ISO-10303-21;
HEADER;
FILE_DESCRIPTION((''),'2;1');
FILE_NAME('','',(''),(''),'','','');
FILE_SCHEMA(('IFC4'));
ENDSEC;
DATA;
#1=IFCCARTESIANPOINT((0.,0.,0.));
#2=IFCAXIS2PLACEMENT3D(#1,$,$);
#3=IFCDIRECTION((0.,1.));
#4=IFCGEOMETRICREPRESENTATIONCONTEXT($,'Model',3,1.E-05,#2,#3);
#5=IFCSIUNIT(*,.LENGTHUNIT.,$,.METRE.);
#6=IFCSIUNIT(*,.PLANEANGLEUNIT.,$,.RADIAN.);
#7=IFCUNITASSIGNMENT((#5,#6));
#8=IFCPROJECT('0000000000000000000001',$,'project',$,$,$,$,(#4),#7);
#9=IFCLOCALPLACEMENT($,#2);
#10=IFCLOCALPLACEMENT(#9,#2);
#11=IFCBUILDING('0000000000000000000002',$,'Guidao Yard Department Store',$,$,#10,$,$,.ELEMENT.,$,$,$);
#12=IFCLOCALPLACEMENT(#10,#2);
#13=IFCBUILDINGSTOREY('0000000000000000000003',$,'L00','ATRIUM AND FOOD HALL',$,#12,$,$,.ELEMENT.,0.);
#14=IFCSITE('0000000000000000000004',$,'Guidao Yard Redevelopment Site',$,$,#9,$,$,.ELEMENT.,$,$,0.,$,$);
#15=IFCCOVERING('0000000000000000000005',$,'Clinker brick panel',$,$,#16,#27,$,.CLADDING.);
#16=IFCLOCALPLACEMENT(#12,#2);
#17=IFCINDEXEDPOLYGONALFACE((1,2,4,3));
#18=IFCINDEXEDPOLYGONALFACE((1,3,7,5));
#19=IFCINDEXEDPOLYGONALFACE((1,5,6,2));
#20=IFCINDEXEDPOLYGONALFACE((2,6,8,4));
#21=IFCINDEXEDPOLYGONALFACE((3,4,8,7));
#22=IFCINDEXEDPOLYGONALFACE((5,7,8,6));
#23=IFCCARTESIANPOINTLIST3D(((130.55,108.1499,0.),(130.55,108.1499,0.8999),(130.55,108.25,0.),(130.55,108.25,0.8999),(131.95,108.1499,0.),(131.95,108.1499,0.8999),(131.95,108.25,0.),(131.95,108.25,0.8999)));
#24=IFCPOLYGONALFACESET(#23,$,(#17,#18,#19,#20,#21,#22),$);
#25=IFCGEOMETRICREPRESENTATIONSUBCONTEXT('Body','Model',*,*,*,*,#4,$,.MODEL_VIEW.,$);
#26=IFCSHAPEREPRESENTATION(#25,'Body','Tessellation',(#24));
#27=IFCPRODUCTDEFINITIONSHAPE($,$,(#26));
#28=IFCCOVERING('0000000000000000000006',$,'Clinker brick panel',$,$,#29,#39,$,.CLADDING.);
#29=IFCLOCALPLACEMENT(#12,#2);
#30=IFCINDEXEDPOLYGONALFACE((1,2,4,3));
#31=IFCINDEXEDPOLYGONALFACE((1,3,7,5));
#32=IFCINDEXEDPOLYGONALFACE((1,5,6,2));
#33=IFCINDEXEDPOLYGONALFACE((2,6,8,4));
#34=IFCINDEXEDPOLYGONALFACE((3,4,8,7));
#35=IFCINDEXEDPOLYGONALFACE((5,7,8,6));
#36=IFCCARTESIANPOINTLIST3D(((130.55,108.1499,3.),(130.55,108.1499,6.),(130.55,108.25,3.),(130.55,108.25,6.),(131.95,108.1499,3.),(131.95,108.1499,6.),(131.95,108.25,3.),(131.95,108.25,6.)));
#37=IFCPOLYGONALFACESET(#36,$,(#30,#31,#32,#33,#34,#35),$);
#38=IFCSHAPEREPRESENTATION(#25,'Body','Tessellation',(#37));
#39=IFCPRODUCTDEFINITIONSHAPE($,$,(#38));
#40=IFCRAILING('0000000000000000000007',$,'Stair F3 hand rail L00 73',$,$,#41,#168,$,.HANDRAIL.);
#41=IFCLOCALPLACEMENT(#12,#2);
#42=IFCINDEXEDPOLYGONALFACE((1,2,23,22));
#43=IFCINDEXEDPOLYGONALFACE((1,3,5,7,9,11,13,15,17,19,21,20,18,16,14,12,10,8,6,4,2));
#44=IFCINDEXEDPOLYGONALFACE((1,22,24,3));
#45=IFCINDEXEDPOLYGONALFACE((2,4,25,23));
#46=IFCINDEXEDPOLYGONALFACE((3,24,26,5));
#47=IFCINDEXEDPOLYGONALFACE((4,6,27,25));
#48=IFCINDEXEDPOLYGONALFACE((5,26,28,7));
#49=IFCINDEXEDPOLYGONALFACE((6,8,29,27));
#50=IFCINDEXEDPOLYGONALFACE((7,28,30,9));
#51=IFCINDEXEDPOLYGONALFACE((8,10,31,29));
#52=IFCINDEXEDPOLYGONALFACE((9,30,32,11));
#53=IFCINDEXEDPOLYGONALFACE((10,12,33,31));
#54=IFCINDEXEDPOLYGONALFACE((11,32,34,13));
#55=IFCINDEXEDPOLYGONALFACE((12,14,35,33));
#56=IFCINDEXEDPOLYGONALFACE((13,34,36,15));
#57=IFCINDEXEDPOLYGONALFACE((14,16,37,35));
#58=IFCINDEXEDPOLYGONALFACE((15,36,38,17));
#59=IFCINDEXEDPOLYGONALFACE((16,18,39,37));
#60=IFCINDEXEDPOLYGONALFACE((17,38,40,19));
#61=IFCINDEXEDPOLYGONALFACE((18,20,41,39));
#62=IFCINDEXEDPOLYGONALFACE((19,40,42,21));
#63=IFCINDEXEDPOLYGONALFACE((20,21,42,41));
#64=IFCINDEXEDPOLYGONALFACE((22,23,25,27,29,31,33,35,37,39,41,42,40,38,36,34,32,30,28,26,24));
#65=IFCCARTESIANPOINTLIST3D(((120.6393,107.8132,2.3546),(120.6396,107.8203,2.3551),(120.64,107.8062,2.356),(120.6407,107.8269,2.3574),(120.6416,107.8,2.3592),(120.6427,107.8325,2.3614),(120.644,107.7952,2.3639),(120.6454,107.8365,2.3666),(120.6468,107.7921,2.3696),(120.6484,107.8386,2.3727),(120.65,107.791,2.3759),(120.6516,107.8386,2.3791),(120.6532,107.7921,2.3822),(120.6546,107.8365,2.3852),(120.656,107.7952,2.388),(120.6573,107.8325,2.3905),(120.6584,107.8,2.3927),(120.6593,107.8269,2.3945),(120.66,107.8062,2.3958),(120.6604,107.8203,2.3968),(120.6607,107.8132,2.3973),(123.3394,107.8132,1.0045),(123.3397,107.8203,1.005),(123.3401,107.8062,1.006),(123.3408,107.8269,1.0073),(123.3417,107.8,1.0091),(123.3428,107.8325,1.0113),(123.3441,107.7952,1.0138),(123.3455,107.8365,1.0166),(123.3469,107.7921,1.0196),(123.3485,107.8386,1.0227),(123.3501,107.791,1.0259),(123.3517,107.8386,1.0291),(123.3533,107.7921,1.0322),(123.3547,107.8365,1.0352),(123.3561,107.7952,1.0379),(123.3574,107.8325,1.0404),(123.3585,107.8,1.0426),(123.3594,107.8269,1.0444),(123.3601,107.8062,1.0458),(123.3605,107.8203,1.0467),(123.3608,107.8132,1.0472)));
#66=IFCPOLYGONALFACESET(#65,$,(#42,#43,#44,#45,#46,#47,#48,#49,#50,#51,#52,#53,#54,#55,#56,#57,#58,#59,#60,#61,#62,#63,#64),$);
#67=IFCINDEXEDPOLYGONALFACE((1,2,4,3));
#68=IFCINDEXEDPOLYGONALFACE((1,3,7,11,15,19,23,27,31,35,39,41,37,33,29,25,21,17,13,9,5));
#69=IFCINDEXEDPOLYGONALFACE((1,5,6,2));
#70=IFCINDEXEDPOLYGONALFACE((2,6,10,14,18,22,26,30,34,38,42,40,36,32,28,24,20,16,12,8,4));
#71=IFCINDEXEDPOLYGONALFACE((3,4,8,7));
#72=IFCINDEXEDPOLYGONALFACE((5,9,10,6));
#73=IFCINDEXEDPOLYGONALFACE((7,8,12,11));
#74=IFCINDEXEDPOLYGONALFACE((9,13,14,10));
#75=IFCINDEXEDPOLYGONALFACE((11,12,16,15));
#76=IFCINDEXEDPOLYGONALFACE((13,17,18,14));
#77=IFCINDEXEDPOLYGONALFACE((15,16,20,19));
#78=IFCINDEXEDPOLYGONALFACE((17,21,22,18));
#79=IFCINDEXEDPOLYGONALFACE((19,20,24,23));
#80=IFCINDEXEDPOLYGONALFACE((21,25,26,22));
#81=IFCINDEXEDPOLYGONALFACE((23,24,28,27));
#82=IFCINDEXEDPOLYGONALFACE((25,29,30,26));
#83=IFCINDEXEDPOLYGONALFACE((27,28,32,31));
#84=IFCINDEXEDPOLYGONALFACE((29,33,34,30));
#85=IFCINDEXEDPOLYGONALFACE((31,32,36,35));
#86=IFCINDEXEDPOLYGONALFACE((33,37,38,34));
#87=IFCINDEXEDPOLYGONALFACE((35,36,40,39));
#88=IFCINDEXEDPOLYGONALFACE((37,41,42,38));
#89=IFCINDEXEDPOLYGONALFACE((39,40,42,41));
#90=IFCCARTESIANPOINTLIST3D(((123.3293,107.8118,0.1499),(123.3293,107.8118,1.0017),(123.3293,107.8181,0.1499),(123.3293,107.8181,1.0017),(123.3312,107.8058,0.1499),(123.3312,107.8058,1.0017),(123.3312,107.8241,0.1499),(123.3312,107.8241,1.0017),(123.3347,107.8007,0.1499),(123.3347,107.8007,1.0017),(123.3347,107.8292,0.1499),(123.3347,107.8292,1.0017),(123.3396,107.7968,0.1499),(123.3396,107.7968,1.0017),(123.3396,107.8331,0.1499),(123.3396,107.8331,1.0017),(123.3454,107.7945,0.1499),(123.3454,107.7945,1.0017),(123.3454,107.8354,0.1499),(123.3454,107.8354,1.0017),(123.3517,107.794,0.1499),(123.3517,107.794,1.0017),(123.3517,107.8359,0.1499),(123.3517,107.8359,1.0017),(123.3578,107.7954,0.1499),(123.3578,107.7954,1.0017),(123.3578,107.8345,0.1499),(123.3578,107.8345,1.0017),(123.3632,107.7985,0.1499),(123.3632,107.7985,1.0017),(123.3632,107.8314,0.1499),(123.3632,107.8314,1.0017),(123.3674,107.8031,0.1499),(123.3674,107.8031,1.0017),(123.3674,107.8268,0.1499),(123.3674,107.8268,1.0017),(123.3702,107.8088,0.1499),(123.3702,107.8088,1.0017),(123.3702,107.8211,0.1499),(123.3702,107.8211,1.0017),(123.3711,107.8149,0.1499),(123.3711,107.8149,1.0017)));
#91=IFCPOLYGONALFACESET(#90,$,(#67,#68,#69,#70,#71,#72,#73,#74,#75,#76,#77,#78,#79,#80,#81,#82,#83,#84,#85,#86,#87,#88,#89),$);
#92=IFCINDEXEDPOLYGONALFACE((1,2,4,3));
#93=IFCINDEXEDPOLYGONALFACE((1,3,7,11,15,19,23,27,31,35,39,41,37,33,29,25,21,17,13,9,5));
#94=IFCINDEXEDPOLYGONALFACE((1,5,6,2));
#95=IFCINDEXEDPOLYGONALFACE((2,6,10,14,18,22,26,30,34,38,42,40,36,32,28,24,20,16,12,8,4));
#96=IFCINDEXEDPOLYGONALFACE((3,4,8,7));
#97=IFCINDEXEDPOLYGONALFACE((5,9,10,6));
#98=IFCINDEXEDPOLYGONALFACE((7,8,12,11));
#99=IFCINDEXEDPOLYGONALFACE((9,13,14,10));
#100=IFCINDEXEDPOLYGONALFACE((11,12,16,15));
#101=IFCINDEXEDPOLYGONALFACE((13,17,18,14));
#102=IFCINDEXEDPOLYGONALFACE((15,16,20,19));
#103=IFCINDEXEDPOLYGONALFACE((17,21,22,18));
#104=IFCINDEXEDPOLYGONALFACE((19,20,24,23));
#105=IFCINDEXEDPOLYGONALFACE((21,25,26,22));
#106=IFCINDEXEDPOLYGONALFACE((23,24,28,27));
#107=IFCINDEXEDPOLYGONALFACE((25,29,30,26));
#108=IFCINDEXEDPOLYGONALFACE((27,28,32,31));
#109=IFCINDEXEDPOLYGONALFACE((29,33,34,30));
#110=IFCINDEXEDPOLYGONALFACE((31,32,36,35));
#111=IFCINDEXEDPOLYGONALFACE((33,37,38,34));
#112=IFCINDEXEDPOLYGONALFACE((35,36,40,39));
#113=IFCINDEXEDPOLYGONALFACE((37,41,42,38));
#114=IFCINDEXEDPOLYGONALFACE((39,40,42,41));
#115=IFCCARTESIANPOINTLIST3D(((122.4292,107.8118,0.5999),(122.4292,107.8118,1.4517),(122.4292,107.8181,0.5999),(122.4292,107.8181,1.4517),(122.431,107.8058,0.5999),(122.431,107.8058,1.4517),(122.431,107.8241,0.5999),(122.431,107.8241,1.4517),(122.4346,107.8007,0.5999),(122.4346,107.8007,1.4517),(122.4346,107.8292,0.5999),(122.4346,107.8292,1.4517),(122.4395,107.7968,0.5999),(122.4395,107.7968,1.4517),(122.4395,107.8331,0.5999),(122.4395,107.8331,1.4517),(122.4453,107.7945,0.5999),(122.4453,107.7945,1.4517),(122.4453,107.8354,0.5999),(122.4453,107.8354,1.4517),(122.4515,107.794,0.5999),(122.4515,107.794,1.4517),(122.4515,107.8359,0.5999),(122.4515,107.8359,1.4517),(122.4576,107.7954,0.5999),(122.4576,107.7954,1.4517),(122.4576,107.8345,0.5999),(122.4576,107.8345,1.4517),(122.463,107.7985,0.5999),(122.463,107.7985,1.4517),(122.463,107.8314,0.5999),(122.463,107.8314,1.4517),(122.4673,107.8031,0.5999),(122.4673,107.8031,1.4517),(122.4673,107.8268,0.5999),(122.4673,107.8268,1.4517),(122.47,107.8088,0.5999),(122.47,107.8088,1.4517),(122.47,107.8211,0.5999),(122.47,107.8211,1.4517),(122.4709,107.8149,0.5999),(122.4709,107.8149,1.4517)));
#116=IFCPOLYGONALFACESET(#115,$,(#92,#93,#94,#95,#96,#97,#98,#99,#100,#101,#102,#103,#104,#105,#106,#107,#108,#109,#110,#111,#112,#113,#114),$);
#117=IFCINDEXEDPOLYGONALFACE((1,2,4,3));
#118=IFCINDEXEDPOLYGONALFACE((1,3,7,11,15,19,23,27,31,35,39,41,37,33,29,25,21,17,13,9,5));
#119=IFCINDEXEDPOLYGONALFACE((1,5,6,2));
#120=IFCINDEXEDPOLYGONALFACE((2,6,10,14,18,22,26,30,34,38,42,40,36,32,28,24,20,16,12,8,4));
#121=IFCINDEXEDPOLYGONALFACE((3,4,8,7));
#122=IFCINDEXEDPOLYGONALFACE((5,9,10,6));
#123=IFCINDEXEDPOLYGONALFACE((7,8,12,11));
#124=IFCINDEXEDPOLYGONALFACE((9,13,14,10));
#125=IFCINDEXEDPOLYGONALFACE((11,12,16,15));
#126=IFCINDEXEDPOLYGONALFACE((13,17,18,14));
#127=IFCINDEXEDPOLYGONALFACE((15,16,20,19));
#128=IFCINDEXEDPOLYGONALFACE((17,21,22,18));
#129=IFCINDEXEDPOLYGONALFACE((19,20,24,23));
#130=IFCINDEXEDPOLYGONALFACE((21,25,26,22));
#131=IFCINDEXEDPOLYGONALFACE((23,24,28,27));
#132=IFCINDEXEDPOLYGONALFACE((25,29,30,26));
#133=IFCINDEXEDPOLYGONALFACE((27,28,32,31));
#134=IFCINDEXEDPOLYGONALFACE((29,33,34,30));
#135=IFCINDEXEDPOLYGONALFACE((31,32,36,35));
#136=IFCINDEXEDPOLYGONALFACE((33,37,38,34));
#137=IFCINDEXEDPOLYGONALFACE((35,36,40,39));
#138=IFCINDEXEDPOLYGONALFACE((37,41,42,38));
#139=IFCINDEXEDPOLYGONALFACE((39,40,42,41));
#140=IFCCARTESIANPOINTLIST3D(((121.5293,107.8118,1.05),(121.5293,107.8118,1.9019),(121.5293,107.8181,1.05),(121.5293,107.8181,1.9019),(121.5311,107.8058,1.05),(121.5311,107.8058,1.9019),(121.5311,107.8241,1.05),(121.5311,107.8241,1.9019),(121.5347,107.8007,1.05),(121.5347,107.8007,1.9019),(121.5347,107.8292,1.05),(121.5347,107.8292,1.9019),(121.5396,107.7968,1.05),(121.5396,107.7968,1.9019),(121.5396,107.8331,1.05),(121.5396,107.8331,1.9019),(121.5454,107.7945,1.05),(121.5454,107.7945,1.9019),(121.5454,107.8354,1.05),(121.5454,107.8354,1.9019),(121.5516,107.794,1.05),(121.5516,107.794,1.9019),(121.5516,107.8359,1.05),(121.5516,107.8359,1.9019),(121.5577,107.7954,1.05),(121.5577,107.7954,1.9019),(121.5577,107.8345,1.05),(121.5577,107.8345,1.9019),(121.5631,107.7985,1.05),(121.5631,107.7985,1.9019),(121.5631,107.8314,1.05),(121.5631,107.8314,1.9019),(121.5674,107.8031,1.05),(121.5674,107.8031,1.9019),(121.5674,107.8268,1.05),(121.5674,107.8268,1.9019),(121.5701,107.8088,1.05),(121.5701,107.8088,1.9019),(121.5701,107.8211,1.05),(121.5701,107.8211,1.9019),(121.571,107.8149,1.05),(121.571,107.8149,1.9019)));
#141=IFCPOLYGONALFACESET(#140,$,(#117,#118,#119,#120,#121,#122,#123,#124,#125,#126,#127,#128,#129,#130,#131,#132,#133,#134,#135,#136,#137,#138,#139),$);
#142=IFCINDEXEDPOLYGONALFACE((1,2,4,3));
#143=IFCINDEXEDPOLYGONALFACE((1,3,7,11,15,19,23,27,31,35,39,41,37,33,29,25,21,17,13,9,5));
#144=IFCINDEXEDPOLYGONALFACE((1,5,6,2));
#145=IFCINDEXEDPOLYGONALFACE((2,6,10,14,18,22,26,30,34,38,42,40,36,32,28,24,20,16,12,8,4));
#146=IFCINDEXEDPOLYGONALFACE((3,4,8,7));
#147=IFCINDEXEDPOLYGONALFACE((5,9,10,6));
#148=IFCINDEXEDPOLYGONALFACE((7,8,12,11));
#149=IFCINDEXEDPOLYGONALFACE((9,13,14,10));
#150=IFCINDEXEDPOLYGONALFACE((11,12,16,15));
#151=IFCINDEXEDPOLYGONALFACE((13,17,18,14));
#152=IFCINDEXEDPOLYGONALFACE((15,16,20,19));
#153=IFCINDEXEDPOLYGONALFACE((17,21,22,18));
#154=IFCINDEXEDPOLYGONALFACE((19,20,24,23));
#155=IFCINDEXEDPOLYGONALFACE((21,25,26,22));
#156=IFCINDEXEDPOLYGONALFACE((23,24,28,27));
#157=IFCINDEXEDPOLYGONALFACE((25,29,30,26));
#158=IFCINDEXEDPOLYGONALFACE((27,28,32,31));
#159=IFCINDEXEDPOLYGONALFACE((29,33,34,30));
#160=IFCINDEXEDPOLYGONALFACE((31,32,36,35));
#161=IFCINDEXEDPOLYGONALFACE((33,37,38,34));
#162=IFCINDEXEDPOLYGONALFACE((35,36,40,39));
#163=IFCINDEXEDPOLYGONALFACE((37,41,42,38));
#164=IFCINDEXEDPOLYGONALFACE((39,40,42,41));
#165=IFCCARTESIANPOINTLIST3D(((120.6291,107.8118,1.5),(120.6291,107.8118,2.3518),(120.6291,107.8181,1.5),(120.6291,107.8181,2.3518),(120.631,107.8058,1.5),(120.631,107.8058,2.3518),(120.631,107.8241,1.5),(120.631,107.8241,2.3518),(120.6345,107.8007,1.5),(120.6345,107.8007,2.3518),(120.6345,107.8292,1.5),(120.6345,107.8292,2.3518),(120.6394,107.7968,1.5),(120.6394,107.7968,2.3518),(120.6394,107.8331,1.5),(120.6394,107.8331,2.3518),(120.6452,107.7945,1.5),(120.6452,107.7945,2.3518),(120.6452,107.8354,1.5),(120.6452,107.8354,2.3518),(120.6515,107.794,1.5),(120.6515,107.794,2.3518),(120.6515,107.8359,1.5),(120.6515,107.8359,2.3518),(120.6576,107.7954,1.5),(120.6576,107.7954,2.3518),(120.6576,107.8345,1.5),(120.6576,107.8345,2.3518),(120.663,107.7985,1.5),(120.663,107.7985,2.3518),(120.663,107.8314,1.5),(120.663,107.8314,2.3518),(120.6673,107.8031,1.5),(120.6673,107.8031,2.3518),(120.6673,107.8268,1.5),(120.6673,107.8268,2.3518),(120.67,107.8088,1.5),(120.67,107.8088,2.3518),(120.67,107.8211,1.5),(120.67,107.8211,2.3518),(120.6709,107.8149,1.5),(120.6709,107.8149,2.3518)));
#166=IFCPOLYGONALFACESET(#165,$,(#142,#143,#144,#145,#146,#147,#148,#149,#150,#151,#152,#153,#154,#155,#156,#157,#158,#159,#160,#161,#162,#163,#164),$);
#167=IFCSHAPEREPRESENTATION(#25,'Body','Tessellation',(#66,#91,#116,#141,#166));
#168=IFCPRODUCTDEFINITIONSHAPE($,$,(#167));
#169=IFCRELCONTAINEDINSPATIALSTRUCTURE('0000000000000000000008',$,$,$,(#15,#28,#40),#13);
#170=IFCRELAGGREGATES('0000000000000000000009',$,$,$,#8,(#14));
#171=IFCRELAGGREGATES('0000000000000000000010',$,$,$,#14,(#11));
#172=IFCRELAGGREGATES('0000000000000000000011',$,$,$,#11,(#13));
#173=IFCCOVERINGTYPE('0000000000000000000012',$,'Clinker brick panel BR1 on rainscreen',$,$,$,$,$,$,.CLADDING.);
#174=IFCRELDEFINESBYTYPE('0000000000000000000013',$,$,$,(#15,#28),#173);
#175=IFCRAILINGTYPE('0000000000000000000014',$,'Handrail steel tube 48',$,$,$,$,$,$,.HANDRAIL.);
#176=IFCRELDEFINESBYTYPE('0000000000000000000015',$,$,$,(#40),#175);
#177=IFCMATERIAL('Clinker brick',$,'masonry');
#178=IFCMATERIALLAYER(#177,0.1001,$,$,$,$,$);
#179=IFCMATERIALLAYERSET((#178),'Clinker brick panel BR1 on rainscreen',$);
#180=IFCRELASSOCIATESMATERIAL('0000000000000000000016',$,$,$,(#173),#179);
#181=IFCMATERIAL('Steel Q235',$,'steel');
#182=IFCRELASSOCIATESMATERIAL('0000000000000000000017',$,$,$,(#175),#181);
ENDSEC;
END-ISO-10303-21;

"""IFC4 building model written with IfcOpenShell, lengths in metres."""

from ifc_helpers import new_model, si_unit, direction, frame, origin, origin_2d, place, context, subcontext, project, spatial, rectangle, circle, extrude, material, layer, layer_set, type_object, element, save


model = new_model("IFC4")

# Units and contexts
model_context = context("Model", 3, precision=1e-05, world=origin(), true_north=direction((0.0, 1.0)))
body_context = subcontext(model_context, "Body", "Model", "MODEL_VIEW")
ifc_project = project(units=[si_unit("LENGTHUNIT", "METRE"), si_unit("PLANEANGLEUNIT", "RADIAN")], contexts=[model_context])

# Site, building, storey
site_placement = place(None, origin())
site = spatial("IfcSite", under=ifc_project, at=site_placement, Name="Guidao Yard Redevelopment Site", CompositionType="ELEMENT", RefElevation=0.0)
building_placement = place(site_placement, origin())
building = spatial("IfcBuilding", under=site, at=building_placement, Name="Guidao Yard Department Store", CompositionType="ELEMENT")
storey_placement = place(building_placement, origin())
storey = spatial("IfcBuildingStorey", under=building, at=storey_placement, Name="L00", Description="ATRIUM AND FOOD HALL", CompositionType="ELEMENT", Elevation=0.0)

# Coverings
ifc_material_1 = material(Name="Clinker brick", Category="masonry")
ifc_layer_1 = layer(ifc_material_1, 0.1001)
ifc_layer_set_1 = layer_set([ifc_layer_1], Name="Clinker brick panel BR1 on rainscreen")
covering_type = type_object("IfcCoveringType", Name="Clinker brick panel BR1 on rainscreen", PredefinedType="CLADDING", material=ifc_layer_set_1)
covering_1_placement = place(storey_placement, frame((131.25, 108.2, 0.0), z_axis=(0.0, 0.0, 1.0), x_axis=(1.0, 0.0, 0.0)))
element("IfcCovering", 1, at=covering_1_placement, inside=storey, type_object=covering_type, Name="Clinker brick panel", PredefinedType="CLADDING", context=body_context, shape_type="SweptSolid", body=[
    extrude(rectangle(XDim=1.3999, YDim=0.1001, at=origin_2d()), origin(), (0.0, 0.0, 1.0), 0.8999),
])
covering_2_placement = place(storey_placement, frame((131.25, 108.2, 3.0), z_axis=(0.0, 0.0, 1.0), x_axis=(1.0, 0.0, 0.0)))
element("IfcCovering", 2, at=covering_2_placement, inside=storey, type_object=covering_type, Name="Clinker brick panel", PredefinedType="CLADDING", context=body_context, shape_type="SweptSolid", body=[
    extrude(rectangle(XDim=1.3999, YDim=0.1001, at=origin_2d()), origin(), (0.0, 0.0, 1.0), 3.0),
])

# Railing
ifc_material_2 = material(Name="Steel Q235", Category="steel")
railing_type = type_object("IfcRailingType", Name="Handrail steel tube 48", PredefinedType="HANDRAIL", material=ifc_material_2)
for number, where, name in (
    (3, (123.3501, 107.8149, 0.1499), "Stair F3 hand rail L00 73"),
):
    element("IfcRailing", number, at=place(storey_placement, frame(where)), inside=storey, type_object=railing_type, Name=name, PredefinedType="HANDRAIL", context=body_context, shape_type="SweptSolid", body=[
        extrude(circle(Radius=0.0239, at=origin_2d()), frame((0.0, 0.0, 0.876), z_axis=(-0.894427, 0.0, 0.447214), x_axis=(0.0, -1.0, 0.0)), (0.0, 0.0, 1.0), 3.0188),
        extrude(circle(Radius=0.021, at=origin_2d()), origin(), (0.0, 0.0, 1.0), 0.8518),
        extrude(circle(Radius=0.021, at=origin_2d()), frame((-0.9001, 0.0, 0.45)), (0.0, 0.0, 1.0), 0.8518),
        extrude(circle(Radius=0.021, at=origin_2d()), frame((-1.8, 0.0, 0.9001)), (0.0, 0.0, 1.0), 0.8518),
        extrude(circle(Radius=0.021, at=origin_2d()), frame((-2.7002, 0.0, 1.3501)), (0.0, 0.0, 1.0), 0.8518),
    ])

save(model, "model.ifc")
